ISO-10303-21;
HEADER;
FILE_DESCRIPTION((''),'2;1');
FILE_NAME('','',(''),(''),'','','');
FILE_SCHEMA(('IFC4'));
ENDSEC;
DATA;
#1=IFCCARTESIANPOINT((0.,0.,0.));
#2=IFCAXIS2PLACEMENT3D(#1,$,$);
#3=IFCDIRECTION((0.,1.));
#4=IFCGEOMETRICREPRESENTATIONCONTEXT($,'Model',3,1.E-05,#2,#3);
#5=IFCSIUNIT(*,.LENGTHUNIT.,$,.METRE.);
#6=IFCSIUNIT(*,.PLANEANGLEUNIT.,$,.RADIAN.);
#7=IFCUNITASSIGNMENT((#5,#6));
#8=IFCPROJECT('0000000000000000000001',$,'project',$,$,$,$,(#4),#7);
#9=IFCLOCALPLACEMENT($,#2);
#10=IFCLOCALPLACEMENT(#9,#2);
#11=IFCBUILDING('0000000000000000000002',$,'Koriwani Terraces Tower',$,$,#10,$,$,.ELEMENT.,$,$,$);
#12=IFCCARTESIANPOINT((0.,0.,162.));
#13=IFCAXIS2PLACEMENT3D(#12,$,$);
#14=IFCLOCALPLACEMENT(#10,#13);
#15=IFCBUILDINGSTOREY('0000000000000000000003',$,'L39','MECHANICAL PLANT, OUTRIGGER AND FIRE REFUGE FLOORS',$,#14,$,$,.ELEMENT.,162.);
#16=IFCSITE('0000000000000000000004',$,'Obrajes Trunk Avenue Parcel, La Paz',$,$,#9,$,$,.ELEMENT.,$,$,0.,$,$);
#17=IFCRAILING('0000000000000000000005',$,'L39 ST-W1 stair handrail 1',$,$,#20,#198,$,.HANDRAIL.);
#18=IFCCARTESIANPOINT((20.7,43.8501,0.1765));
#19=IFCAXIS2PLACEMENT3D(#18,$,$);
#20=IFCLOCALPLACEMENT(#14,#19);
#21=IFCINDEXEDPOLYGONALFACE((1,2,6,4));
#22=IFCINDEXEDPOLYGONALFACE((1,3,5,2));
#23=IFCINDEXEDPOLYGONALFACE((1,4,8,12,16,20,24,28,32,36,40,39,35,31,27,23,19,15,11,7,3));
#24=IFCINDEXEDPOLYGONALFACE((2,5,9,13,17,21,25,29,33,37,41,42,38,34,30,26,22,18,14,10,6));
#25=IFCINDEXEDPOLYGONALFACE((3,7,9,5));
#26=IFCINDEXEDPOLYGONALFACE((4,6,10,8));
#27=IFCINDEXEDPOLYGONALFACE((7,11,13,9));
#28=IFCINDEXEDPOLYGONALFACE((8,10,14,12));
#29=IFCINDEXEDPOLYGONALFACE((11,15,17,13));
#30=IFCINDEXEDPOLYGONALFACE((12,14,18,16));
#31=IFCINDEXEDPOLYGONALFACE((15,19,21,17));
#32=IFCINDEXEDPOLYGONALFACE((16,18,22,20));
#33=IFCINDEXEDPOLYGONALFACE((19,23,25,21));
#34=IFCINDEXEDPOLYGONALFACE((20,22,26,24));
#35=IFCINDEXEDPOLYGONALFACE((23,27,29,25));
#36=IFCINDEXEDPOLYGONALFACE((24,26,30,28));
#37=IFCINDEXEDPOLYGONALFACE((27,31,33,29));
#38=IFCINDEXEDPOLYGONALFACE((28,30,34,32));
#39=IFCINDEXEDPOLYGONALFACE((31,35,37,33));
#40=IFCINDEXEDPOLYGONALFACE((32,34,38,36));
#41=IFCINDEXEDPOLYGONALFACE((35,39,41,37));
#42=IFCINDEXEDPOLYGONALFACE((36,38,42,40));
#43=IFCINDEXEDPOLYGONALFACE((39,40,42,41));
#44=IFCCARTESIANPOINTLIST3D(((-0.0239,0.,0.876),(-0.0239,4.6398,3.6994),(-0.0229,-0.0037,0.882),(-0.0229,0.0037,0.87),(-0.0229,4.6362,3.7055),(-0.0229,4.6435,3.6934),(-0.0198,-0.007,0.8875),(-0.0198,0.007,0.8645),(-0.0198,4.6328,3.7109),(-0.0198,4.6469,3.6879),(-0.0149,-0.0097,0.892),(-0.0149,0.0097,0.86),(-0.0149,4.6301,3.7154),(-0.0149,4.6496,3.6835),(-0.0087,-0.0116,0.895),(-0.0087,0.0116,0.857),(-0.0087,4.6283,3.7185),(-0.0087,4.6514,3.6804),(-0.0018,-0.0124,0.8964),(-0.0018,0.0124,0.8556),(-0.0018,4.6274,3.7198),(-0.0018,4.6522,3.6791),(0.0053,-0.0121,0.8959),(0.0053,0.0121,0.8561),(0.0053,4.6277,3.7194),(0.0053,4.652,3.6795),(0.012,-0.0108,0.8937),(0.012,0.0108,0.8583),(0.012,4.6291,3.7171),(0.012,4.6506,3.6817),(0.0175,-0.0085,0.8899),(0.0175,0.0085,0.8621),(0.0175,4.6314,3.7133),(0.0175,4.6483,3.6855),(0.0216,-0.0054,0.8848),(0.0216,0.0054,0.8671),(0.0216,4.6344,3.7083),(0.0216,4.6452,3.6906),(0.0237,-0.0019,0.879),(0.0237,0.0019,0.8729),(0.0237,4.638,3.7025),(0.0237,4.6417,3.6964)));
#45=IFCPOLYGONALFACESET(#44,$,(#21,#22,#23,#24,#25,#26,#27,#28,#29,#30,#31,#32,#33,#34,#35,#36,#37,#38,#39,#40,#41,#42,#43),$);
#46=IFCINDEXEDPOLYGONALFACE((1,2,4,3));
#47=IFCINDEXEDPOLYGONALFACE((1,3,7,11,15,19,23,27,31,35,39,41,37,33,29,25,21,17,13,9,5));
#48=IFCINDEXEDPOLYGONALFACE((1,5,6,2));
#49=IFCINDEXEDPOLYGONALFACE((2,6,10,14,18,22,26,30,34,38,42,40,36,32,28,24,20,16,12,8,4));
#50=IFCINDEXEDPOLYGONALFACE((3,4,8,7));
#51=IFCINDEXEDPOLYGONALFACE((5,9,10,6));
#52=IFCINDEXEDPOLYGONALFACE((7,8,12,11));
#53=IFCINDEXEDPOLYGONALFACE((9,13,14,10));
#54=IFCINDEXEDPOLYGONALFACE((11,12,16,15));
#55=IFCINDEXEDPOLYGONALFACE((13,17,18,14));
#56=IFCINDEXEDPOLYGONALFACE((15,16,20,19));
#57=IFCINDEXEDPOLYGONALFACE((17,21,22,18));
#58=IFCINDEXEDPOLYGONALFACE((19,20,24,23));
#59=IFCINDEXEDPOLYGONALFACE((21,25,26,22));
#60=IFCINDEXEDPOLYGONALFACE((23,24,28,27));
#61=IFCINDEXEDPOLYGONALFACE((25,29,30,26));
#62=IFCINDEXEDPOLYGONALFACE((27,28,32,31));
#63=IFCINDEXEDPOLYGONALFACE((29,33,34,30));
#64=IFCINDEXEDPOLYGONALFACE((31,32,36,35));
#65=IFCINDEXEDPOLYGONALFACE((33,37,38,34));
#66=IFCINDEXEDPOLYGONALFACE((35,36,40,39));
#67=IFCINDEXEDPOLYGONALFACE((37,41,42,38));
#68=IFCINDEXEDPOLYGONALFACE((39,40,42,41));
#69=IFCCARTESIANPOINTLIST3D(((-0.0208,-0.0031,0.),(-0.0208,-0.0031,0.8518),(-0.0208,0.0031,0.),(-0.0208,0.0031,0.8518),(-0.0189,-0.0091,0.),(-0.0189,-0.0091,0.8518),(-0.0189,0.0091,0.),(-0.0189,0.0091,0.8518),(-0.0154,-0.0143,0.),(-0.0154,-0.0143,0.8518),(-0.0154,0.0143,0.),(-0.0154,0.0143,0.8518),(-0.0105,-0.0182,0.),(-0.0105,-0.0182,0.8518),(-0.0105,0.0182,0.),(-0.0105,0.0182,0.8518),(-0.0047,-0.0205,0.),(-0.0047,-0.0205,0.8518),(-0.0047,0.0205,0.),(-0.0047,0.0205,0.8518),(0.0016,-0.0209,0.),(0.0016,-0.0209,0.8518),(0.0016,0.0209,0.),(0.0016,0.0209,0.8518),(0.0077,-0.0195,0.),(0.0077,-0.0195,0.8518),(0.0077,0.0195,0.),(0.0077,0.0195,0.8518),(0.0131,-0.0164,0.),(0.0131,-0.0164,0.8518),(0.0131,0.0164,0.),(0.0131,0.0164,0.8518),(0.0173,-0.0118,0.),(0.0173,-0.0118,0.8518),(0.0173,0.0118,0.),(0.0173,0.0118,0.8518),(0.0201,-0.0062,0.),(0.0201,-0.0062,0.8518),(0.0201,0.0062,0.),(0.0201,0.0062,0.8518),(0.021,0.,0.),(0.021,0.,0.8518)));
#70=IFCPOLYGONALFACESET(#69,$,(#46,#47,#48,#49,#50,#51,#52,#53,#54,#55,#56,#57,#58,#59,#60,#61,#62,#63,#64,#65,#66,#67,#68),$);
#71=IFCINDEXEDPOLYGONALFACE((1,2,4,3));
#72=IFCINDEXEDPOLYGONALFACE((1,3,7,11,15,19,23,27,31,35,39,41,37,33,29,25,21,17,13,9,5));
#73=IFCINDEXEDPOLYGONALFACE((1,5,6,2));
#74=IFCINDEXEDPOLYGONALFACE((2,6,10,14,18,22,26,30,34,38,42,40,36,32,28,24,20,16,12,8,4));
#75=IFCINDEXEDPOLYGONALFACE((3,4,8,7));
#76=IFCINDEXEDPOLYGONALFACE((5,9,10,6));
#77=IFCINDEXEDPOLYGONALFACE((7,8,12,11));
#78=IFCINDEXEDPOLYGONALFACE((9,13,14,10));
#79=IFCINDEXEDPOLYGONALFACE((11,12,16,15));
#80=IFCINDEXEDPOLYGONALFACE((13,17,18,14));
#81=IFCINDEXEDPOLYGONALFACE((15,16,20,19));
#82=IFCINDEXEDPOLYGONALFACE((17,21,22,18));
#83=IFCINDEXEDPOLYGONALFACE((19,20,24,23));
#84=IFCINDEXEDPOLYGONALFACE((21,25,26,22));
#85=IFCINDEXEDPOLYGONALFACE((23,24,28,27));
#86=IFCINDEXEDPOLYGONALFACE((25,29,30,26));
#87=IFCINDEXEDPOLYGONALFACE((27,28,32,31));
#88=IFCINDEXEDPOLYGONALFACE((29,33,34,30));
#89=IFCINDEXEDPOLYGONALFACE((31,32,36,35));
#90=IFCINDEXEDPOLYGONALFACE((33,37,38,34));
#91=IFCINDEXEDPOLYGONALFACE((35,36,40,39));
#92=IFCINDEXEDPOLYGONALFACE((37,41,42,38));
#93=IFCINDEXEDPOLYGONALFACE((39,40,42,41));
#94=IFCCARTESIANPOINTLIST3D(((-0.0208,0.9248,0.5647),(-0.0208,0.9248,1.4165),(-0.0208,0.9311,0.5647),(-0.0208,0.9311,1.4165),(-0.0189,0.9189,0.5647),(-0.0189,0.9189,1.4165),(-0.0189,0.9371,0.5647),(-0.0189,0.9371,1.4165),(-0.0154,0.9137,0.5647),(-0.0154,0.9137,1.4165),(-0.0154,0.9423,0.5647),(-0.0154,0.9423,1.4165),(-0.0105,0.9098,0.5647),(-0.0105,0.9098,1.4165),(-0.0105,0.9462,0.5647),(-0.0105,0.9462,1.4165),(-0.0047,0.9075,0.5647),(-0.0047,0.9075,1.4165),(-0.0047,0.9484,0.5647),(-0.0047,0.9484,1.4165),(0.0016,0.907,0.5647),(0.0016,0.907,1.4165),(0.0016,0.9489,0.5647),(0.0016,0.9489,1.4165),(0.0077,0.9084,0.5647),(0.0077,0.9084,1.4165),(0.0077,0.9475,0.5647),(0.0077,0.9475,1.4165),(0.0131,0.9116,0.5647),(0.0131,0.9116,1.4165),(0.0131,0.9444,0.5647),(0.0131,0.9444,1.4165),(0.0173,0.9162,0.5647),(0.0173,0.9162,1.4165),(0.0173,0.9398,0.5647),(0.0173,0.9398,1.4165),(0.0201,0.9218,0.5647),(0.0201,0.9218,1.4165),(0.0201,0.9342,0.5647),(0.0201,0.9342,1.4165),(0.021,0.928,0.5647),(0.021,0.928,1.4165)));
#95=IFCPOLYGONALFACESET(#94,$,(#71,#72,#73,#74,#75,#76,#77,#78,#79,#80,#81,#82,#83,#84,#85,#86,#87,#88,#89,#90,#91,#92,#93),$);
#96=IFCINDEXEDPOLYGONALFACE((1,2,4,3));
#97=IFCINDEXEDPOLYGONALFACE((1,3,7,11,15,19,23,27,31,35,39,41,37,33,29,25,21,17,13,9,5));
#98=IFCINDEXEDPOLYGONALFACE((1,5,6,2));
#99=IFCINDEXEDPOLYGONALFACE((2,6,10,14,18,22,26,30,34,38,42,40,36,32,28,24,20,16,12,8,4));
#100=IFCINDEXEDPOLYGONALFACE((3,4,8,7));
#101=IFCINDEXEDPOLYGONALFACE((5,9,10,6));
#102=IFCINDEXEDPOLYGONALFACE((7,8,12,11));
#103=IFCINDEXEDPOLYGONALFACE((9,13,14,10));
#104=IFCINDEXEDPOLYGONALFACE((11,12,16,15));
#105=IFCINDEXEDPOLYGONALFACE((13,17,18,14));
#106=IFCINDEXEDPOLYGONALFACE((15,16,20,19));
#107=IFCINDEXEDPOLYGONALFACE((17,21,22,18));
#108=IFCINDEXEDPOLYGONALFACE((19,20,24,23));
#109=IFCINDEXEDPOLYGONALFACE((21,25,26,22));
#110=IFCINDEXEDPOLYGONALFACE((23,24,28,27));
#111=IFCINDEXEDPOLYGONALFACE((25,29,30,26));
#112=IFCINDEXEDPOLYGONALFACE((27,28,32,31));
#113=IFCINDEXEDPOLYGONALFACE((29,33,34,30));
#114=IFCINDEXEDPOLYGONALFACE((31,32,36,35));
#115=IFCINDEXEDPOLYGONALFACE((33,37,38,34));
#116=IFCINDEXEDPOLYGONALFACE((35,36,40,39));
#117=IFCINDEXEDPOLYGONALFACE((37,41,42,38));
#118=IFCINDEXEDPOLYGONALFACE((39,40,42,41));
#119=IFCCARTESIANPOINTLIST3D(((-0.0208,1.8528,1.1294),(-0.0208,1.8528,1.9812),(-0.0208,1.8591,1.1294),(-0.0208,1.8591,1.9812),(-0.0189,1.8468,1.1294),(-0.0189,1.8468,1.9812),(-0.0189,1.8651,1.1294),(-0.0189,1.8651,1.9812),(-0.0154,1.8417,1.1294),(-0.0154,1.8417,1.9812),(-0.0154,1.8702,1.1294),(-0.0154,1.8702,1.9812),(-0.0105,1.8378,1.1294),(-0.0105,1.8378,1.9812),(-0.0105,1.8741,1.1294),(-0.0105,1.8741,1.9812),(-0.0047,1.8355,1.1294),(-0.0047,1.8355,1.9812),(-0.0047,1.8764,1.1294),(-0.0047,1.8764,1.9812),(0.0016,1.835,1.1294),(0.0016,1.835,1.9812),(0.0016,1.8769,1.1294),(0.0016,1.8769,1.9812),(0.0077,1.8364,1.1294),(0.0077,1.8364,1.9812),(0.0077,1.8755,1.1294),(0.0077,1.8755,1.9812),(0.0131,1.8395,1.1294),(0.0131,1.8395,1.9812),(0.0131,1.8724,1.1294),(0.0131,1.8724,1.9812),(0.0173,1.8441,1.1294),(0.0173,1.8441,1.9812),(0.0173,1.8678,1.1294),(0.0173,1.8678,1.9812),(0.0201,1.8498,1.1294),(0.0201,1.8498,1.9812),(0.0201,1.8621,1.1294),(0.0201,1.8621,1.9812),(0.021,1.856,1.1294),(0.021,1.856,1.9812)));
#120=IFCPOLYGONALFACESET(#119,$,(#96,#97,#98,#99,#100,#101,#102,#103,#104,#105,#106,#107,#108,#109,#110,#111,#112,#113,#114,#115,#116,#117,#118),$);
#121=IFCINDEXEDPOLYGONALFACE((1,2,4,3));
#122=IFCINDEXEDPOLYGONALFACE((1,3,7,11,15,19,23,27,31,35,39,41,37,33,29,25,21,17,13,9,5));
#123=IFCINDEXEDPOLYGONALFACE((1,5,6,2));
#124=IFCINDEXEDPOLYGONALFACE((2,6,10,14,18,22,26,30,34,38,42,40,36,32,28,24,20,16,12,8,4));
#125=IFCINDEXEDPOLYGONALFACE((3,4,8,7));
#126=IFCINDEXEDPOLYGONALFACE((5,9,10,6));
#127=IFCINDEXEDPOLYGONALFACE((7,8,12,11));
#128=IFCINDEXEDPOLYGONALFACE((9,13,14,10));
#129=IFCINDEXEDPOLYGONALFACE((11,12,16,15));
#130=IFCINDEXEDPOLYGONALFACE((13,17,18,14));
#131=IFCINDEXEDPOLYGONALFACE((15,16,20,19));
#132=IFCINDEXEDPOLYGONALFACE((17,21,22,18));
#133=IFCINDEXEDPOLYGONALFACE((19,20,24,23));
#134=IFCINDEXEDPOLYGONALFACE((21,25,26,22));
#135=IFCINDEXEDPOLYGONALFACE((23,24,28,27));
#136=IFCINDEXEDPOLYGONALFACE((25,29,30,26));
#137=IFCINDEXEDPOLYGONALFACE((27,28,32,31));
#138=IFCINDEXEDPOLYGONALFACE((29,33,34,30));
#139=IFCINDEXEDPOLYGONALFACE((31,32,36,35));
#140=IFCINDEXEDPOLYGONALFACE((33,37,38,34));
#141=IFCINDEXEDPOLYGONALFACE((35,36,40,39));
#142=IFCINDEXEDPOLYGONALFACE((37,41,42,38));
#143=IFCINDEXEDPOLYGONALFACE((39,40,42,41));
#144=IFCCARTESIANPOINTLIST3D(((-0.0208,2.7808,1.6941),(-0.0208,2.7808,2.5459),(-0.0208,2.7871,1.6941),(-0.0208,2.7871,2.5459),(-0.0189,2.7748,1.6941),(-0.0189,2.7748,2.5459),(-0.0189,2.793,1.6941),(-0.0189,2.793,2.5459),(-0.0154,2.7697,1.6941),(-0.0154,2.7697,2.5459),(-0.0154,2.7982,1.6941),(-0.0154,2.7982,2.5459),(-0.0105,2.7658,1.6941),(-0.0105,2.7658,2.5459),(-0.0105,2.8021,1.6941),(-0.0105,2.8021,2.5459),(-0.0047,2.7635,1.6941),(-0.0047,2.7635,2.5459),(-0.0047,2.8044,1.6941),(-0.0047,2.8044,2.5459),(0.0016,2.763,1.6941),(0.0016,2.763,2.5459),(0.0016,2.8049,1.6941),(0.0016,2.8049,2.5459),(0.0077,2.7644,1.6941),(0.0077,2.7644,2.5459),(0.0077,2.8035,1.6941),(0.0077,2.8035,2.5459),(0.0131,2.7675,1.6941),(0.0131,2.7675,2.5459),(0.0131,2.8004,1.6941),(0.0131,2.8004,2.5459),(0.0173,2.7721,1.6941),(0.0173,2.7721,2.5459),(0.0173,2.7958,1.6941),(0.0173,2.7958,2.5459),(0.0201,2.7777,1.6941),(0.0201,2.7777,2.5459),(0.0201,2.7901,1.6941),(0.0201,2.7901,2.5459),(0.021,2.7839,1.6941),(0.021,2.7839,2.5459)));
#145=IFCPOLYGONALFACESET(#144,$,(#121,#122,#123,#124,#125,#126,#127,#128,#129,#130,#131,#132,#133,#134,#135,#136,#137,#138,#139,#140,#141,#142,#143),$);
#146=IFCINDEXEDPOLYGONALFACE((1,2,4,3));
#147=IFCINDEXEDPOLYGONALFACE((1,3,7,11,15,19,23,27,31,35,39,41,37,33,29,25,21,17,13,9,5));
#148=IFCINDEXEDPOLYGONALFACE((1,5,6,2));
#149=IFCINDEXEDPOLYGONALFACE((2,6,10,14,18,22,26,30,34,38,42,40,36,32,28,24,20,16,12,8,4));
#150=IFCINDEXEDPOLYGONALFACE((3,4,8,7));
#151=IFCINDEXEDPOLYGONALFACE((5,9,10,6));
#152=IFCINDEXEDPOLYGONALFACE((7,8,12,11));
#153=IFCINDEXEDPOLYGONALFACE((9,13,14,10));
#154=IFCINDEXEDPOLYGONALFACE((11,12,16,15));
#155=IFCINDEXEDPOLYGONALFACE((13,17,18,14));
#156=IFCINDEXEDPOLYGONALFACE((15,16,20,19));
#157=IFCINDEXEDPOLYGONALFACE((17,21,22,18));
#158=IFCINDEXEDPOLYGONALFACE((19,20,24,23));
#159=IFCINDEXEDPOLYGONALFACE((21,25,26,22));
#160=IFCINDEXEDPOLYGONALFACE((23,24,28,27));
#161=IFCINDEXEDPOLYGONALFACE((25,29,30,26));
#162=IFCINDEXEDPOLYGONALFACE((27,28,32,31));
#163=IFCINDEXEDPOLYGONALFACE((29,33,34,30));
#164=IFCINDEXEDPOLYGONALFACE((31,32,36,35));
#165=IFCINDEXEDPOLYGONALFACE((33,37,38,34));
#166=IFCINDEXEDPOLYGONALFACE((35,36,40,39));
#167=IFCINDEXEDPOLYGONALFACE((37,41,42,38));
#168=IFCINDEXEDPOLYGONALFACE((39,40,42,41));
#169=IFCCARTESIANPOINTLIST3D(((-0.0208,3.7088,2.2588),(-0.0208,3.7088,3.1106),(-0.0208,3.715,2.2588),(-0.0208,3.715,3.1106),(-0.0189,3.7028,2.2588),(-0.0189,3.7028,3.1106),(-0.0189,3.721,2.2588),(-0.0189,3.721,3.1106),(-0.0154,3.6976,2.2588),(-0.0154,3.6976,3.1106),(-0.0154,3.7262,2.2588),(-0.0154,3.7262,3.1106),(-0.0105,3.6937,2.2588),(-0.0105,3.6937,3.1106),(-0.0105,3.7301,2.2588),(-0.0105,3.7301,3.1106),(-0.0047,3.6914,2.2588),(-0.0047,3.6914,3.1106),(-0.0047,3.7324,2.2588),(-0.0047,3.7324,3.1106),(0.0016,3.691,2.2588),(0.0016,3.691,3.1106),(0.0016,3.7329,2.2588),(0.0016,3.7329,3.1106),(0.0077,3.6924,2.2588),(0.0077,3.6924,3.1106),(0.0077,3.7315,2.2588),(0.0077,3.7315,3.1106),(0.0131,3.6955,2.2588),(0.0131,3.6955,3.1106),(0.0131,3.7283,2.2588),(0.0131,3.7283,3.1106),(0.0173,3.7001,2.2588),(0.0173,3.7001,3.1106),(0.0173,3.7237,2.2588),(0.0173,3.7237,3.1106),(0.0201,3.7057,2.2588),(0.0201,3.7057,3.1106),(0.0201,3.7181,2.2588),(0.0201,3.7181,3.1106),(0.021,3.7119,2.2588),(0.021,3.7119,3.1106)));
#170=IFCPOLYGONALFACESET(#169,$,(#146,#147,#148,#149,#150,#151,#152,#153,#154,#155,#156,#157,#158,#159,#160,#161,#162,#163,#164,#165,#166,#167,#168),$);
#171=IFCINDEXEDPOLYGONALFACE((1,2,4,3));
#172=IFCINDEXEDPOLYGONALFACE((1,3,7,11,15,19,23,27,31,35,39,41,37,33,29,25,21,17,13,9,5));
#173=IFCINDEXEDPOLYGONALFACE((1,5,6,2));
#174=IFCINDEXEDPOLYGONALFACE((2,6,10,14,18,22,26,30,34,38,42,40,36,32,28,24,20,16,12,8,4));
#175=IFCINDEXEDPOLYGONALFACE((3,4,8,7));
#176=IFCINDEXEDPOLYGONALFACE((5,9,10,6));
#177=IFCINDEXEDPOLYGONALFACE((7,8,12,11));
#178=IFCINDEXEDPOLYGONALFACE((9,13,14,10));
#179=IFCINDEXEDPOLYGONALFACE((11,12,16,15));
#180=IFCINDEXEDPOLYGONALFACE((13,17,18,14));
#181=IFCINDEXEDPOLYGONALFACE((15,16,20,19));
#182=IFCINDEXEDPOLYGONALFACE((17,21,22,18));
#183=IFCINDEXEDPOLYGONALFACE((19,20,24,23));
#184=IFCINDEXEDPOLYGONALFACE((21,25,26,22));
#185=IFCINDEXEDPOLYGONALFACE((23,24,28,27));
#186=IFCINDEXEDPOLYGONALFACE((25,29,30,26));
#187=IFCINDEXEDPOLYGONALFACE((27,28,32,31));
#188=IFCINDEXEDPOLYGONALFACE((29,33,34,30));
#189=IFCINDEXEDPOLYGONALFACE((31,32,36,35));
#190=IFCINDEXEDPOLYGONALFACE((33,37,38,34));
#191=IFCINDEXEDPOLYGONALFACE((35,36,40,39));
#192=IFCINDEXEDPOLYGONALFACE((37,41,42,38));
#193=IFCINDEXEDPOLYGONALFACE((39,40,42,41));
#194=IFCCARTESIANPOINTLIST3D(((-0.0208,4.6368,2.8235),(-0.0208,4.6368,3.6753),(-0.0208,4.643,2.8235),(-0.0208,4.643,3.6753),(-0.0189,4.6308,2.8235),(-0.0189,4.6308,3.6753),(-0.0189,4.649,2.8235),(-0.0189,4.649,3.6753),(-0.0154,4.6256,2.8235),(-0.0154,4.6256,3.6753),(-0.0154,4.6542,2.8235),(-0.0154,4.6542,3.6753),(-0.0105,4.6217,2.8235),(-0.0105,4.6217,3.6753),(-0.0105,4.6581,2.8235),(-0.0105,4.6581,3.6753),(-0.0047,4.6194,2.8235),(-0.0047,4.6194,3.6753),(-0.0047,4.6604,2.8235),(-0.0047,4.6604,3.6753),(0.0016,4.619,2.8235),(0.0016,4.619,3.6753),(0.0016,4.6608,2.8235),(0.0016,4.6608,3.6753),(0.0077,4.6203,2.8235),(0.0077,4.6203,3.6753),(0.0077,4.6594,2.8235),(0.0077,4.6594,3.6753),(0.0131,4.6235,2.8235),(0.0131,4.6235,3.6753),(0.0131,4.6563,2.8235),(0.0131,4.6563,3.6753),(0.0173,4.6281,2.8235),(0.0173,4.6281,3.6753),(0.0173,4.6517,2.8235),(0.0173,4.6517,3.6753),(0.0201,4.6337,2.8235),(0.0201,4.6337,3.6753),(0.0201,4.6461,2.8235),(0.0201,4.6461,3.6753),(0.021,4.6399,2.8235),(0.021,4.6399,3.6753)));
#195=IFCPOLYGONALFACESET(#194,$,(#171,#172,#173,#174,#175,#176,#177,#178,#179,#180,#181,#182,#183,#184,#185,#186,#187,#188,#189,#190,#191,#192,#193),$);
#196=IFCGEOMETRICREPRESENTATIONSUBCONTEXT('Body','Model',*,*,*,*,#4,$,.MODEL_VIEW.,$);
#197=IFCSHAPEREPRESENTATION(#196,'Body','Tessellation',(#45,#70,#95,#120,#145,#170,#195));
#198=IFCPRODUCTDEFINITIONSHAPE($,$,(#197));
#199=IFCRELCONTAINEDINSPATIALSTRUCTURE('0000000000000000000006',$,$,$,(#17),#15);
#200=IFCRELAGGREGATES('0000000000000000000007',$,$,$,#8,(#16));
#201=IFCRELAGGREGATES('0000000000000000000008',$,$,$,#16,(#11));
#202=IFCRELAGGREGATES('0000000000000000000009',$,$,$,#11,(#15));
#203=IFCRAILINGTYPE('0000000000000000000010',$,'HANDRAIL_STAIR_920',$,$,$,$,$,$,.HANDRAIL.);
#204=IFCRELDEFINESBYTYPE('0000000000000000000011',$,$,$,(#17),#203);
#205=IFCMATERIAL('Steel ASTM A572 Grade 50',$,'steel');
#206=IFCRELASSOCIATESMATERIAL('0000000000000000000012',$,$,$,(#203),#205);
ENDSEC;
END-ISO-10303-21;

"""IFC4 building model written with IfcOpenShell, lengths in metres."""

from ifc_helpers import new_model, si_unit, direction, frame, origin, origin_2d, place, context, subcontext, project, spatial, circle, extrude, material, type_object, element, save


model = new_model("IFC4")

# Units and contexts
model_context = context("Model", 3, precision=1e-05, world=origin(), true_north=direction((0.0, 1.0)))
body_context = subcontext(model_context, "Body", "Model", "MODEL_VIEW")
ifc_project = project(units=[si_unit("LENGTHUNIT", "METRE"), si_unit("PLANEANGLEUNIT", "RADIAN")], contexts=[model_context])

# Site, building, storey
site_placement = place(None, origin())
site = spatial("IfcSite", under=ifc_project, at=site_placement, Name="Obrajes Trunk Avenue Parcel, La Paz", CompositionType="ELEMENT", RefElevation=0.0)
building_placement = place(site_placement, origin())
building = spatial("IfcBuilding", under=site, at=building_placement, Name="Koriwani Terraces Tower", CompositionType="ELEMENT")
storey_placement = place(building_placement, frame((0.0, 0.0, 162.0)))
storey = spatial("IfcBuildingStorey", under=building, at=storey_placement, Name="L39", Description="MECHANICAL PLANT, OUTRIGGER AND FIRE REFUGE FLOORS", CompositionType="ELEMENT", Elevation=162.0)

# Shared definitions
ifc_material_1 = material(Name="Steel ASTM A572 Grade 50", Category="steel")

# Railing
railing_type_1 = type_object("IfcRailingType", Name="HANDRAIL_STAIR_920", PredefinedType="HANDRAIL", material=ifc_material_1)
for number, where, name in (
    (1, (20.7, 43.8501, 0.1765), "L39 ST-W1 stair handrail 1"),
):
    element("IfcRailing", number, at=place(storey_placement, frame(where)), inside=storey, type_object=railing_type_1, Name=name, PredefinedType="HANDRAIL", context=body_context, shape_type="SweptSolid", body=[
        extrude(circle(Radius=0.0239, at=origin_2d()), frame((0.0, 0.0, 0.876), z_axis=(0.0, 0.854264, 0.51984), x_axis=(-1.0, 0.0, 0.0)), (0.0, 0.0, 1.0), 5.4314),
        extrude(circle(Radius=0.021, at=origin_2d()), origin(), (0.0, 0.0, 1.0), 0.8518),
        extrude(circle(Radius=0.021, at=origin_2d()), frame((0.0, 0.928, 0.5647)), (0.0, 0.0, 1.0), 0.8518),
        extrude(circle(Radius=0.021, at=origin_2d()), frame((0.0, 1.856, 1.1294)), (0.0, 0.0, 1.0), 0.8518),
        extrude(circle(Radius=0.021, at=origin_2d()), frame((0.0, 2.7839, 1.6941)), (0.0, 0.0, 1.0), 0.8518),
        extrude(circle(Radius=0.021, at=origin_2d()), frame((0.0, 3.7119, 2.2588)), (0.0, 0.0, 1.0), 0.8518),
        extrude(circle(Radius=0.021, at=origin_2d()), frame((0.0, 4.6399, 2.8235)), (0.0, 0.0, 1.0), 0.8518),
    ])

save(model, "model.ifc")
